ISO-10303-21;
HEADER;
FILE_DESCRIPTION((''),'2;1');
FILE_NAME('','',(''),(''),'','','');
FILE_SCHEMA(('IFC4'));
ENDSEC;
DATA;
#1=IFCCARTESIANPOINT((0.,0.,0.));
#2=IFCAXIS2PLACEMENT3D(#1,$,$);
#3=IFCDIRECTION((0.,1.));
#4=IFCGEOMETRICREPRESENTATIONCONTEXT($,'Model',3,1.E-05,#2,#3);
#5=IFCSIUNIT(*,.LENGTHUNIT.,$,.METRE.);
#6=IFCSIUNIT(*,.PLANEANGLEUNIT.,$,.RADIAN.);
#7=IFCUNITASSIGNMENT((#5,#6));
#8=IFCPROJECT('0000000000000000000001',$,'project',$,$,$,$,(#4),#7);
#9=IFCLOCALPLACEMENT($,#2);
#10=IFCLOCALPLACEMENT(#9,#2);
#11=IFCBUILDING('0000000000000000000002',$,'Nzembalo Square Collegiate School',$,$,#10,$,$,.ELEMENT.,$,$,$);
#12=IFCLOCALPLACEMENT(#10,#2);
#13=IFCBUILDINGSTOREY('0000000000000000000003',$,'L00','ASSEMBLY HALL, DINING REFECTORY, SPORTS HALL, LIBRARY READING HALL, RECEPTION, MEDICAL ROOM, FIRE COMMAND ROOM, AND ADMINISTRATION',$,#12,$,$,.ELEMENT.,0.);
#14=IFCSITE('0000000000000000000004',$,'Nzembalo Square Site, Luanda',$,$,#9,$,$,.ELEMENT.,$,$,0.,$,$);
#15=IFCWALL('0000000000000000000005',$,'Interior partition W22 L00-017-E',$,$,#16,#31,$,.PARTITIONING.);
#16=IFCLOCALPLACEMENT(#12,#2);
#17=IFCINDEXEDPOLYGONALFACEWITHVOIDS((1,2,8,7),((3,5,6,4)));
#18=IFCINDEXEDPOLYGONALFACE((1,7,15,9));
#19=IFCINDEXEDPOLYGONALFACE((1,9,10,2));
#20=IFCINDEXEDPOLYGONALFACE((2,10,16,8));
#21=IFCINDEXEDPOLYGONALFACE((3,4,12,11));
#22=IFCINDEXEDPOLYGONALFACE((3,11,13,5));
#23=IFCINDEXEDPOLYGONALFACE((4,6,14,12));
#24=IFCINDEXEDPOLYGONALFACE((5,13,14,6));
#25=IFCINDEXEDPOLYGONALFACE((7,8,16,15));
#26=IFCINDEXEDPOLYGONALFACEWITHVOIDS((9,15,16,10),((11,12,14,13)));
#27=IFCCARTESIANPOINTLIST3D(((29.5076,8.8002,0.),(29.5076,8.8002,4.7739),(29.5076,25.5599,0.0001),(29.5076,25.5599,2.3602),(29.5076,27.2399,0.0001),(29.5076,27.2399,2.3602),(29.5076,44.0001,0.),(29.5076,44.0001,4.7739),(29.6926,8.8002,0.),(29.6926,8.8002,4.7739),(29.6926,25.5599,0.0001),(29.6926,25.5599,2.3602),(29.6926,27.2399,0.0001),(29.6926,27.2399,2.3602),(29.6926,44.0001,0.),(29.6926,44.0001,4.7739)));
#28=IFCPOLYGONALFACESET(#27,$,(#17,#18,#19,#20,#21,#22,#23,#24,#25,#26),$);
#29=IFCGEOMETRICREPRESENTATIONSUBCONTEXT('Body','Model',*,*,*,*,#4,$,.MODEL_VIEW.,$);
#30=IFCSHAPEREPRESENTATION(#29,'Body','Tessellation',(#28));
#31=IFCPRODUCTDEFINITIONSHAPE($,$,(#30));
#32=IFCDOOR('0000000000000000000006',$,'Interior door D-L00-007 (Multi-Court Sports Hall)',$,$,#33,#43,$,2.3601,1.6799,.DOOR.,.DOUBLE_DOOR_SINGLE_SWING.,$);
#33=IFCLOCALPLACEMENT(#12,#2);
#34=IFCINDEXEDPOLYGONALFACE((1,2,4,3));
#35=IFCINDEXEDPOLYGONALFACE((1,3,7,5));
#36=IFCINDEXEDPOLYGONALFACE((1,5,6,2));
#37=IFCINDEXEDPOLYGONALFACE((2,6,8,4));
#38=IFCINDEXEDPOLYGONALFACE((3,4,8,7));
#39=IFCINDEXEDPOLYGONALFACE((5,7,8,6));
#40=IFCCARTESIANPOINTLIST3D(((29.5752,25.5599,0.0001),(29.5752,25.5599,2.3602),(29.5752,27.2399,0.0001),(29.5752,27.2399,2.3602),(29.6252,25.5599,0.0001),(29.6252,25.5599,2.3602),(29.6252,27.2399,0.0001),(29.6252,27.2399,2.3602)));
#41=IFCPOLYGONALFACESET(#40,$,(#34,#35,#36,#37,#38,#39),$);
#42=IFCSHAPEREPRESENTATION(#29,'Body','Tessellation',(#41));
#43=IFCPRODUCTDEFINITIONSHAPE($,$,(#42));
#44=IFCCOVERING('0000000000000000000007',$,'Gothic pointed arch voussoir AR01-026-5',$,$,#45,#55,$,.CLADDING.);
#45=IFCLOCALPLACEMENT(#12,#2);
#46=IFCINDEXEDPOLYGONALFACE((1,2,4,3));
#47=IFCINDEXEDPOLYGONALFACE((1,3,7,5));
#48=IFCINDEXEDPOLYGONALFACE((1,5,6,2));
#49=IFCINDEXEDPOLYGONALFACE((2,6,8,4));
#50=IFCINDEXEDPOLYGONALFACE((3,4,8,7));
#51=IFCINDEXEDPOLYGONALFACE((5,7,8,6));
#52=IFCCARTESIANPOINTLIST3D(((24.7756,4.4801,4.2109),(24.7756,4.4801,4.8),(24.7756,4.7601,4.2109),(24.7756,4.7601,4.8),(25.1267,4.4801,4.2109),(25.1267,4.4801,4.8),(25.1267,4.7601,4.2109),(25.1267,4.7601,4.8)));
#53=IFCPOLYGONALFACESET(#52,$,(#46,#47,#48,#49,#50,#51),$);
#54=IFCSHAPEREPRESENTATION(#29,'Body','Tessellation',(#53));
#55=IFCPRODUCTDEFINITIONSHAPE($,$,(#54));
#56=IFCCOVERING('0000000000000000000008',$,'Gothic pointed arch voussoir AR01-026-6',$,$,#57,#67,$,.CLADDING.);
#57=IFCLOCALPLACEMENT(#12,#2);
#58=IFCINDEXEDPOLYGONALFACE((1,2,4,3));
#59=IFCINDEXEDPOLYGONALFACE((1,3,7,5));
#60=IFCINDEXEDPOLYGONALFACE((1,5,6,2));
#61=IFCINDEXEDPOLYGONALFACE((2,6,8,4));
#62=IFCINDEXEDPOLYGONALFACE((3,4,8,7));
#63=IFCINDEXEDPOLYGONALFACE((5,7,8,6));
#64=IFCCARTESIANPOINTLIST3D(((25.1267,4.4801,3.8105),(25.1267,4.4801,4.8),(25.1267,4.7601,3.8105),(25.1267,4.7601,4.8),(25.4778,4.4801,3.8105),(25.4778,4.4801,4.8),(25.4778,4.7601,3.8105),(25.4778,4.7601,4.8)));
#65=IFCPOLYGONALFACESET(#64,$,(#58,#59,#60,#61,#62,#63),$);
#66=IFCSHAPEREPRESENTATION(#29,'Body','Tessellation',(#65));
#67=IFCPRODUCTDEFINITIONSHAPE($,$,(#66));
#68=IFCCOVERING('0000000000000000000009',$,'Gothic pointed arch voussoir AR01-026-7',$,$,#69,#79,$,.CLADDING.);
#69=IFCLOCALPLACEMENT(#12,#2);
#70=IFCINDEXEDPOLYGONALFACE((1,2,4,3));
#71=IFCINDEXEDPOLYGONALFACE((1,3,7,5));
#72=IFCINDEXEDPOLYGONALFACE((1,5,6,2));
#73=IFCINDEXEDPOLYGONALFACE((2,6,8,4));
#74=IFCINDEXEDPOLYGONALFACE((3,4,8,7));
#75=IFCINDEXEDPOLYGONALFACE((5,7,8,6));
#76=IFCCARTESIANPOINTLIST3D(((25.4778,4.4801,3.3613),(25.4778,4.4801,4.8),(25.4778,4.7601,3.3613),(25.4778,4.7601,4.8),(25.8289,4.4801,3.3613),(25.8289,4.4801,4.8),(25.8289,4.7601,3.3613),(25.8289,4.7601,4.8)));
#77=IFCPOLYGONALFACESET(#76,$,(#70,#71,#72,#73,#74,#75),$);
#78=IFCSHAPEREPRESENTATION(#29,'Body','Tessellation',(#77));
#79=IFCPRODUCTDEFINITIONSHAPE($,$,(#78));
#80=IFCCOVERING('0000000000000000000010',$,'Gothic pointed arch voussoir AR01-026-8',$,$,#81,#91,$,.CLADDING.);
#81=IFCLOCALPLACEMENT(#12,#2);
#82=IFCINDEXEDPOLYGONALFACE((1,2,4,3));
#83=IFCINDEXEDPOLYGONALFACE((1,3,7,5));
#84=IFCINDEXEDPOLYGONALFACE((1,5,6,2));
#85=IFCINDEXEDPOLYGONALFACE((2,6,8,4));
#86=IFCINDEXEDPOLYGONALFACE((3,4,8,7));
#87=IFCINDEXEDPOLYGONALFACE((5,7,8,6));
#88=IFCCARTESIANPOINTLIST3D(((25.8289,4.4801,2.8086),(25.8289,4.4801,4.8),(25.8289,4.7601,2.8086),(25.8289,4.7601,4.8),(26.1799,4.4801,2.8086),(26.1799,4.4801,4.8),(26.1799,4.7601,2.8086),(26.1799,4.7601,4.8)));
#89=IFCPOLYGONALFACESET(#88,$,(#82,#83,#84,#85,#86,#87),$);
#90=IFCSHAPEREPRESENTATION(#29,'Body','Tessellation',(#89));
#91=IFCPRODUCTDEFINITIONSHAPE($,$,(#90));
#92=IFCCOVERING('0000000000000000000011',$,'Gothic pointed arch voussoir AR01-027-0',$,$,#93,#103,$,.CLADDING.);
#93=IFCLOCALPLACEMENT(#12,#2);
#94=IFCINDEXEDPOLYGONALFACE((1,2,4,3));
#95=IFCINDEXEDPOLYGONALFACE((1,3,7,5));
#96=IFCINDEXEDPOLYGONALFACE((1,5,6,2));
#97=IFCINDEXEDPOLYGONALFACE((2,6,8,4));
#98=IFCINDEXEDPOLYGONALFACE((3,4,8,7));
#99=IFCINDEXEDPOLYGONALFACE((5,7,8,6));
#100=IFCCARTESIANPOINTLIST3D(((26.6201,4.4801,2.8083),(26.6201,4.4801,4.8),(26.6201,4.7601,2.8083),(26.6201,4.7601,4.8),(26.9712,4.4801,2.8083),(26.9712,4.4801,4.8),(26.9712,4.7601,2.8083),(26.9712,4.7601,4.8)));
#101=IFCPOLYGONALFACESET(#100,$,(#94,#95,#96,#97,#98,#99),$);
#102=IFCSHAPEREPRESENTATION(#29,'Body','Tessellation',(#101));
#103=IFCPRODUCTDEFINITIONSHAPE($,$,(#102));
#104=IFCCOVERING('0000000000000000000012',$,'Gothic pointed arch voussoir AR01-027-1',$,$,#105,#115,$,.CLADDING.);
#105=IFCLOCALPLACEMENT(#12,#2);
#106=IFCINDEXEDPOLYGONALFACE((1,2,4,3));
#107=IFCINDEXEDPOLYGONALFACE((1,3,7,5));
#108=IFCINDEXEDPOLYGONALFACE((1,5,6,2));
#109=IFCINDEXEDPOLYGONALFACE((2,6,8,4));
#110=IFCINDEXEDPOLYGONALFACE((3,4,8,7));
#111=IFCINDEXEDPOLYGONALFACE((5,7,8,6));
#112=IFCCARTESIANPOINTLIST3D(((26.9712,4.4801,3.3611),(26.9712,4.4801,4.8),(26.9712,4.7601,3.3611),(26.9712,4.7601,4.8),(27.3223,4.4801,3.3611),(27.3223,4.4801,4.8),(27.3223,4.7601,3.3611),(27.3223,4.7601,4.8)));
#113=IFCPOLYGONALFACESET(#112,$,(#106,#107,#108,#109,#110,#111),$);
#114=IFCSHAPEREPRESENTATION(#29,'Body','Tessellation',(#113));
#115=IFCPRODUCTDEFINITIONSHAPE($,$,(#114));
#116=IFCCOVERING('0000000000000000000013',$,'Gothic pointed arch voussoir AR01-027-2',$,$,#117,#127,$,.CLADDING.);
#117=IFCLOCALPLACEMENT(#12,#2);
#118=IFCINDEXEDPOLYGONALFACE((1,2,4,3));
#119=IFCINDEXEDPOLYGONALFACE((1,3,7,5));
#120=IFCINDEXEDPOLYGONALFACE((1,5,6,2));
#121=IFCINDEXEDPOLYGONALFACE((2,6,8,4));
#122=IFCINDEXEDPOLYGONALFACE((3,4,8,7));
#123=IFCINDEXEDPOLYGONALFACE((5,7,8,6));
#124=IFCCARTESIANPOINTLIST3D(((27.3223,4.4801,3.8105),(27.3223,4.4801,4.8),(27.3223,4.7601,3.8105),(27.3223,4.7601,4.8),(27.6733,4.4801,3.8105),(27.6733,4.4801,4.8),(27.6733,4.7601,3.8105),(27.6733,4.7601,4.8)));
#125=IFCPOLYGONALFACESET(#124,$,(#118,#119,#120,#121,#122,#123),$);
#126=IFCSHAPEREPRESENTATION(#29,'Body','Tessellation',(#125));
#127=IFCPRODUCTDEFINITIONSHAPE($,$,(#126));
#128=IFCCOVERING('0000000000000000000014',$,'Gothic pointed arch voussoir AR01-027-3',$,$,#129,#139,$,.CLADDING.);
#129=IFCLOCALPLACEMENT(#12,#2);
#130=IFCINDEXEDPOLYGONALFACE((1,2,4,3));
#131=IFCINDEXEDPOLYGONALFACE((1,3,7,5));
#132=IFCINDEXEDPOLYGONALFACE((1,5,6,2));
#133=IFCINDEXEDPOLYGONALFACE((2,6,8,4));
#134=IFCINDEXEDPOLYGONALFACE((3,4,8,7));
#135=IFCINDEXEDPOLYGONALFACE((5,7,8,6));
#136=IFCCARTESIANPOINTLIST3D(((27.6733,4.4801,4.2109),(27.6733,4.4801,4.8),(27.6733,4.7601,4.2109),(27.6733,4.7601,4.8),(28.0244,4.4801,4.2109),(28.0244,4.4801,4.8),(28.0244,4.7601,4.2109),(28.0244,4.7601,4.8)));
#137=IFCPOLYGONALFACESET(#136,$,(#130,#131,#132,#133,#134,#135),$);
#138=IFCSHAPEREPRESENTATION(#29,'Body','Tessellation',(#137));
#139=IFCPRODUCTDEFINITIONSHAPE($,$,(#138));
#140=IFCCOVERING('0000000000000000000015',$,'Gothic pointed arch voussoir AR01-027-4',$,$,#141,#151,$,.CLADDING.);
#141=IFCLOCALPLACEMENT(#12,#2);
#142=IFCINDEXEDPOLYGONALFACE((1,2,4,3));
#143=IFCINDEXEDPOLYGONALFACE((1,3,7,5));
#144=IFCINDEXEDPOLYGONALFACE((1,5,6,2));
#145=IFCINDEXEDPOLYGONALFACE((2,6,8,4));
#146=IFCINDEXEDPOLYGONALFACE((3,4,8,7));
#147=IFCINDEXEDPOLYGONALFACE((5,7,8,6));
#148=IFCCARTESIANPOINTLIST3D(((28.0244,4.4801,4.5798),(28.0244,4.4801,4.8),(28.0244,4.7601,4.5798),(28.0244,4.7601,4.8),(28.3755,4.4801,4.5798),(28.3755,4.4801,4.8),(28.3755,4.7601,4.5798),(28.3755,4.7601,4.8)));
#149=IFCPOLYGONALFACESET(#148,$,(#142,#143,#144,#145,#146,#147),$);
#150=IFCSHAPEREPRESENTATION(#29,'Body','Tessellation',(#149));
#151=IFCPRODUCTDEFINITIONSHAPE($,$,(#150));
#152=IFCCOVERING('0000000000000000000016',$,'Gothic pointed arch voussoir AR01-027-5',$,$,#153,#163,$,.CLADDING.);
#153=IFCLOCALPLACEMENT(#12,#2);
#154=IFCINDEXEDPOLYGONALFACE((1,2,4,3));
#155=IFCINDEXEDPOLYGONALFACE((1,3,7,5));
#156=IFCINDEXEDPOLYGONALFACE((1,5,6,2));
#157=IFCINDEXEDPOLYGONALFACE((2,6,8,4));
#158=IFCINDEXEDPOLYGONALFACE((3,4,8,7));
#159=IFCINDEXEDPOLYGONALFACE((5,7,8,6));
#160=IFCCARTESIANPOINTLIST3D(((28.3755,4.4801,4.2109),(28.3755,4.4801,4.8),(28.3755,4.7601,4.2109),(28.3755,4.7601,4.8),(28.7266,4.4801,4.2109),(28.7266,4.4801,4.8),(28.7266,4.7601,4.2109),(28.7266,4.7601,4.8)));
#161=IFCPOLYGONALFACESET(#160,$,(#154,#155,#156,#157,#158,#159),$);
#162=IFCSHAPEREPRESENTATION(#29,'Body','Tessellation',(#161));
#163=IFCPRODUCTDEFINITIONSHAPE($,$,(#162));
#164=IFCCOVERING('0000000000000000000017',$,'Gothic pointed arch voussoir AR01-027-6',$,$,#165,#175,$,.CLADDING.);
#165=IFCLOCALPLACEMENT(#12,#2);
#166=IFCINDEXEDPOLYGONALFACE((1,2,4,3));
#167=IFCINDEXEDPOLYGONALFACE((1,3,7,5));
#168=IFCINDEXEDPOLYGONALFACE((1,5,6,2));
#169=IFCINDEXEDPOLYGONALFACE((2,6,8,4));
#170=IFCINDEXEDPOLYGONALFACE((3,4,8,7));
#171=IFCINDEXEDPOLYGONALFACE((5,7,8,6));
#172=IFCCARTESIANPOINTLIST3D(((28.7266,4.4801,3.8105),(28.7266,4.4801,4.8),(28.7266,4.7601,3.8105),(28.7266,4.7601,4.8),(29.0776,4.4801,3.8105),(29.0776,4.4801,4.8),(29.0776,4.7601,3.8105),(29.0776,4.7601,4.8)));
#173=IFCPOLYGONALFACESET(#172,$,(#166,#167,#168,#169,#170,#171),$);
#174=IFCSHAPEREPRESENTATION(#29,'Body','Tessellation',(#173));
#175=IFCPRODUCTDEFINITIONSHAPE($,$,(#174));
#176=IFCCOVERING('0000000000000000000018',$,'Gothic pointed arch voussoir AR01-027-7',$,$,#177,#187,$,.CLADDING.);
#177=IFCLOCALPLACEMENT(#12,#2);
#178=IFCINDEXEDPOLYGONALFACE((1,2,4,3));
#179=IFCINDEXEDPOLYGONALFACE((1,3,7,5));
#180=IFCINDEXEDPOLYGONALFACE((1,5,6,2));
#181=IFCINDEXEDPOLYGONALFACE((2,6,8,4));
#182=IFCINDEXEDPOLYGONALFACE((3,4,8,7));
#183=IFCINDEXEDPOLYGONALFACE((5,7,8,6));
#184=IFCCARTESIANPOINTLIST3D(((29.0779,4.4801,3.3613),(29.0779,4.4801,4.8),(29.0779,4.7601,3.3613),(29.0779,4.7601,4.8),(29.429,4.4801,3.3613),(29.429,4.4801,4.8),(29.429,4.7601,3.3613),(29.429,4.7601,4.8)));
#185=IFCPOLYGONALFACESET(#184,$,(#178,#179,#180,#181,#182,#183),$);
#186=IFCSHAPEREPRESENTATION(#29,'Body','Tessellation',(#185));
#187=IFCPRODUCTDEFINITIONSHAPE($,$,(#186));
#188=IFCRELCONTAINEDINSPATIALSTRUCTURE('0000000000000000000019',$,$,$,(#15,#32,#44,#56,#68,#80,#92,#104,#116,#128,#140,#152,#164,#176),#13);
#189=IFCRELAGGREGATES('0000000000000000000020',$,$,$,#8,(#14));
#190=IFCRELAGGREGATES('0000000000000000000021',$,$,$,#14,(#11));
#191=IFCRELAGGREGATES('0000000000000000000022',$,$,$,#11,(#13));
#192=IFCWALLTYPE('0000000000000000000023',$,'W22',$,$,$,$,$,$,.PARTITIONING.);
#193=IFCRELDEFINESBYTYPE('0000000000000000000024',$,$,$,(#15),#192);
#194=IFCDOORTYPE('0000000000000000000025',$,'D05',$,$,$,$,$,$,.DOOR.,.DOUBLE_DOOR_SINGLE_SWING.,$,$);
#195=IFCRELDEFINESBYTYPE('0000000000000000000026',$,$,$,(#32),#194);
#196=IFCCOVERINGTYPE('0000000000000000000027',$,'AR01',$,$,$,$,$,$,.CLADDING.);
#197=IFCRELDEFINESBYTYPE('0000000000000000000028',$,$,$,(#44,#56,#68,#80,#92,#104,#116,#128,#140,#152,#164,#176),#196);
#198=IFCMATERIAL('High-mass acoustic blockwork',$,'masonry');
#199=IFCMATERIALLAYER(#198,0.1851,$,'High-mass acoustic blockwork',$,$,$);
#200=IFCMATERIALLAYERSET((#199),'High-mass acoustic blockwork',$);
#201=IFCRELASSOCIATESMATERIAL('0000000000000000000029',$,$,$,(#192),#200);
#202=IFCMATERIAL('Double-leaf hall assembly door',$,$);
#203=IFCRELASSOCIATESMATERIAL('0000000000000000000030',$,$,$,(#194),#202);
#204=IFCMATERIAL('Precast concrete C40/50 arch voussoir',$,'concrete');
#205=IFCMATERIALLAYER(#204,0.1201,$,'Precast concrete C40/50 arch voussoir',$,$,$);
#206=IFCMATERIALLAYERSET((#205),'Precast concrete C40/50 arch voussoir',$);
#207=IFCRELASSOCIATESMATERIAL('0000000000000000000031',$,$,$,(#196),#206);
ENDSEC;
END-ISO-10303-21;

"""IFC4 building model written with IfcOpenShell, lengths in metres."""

from ifc_helpers import new_model, si_unit, direction, frame, frame_2d, origin, origin_2d, place, context, subcontext, project, spatial, rectangle, extrude, material, layer, layer_set, type_object, element, fill, save


model = new_model("IFC4")

# Units and contexts
model_context = context("Model", 3, precision=1e-05, world=origin(), true_north=direction((0.0, 1.0)))
body_context = subcontext(model_context, "Body", "Model", "MODEL_VIEW")
ifc_project = project(units=[si_unit("LENGTHUNIT", "METRE"), si_unit("PLANEANGLEUNIT", "RADIAN")], contexts=[model_context])

# Site, building, storey
site_placement = place(None, origin())
site = spatial("IfcSite", under=ifc_project, at=site_placement, Name="Nzembalo Square Site, Luanda", CompositionType="ELEMENT", RefElevation=0.0)
building_placement = place(site_placement, origin())
building = spatial("IfcBuilding", under=site, at=building_placement, Name="Nzembalo Square Collegiate School", CompositionType="ELEMENT")
storey_placement = place(building_placement, origin())
storey = spatial("IfcBuildingStorey", under=building, at=storey_placement, Name="L00", Description="ASSEMBLY HALL, DINING REFECTORY, SPORTS HALL, LIBRARY READING HALL, RECEPTION, MEDICAL ROOM, FIRE COMMAND ROOM, AND ADMINISTRATION", CompositionType="ELEMENT", Elevation=0.0)

# Wall, opening, door
ifc_material_1 = material(Name="High-mass acoustic blockwork", Category="masonry")
ifc_layer_1 = layer(ifc_material_1, 0.1851, Name="High-mass acoustic blockwork")
ifc_layer_set_1 = layer_set([ifc_layer_1], Name="High-mass acoustic blockwork")
wall_type = type_object("IfcWallType", Name="W22", PredefinedType="PARTITIONING", material=ifc_layer_set_1)
wall_placement = place(storey_placement, frame((29.6001, 8.8, 0.0), z_axis=(0.0, 0.0, 1.0), x_axis=(0.0, 1.0, 0.0)))
wall = element("IfcWall", 1, at=wall_placement, inside=storey, type_object=wall_type, Name="Interior partition W22 L00-017-E", PredefinedType="PARTITIONING", context=body_context, shape_type="SweptSolid", body=[
    extrude(rectangle(XDim=35.2, YDim=0.1851, at=frame_2d((17.6001, 0.0))), origin(), (0.0, 0.0, 1.0), 4.7739),
])
opening_placement = place(wall_placement, frame((16.76, 0.0, 0.0)))
opening = element("IfcOpeningElement", 2, at=opening_placement, cuts=wall, PredefinedType="OPENING", context=body_context, shape_type="SweptSolid", body=[
    extrude(rectangle(XDim=1.6799, YDim=2.3601, at=frame_2d((0.8398, 1.1802))), frame((0.0, 0.1025, 0.0), z_axis=(0.0, -1.0, 0.0), x_axis=(1.0, 0.0, 0.0)), (0.0, 0.0, 1.0), 0.2051),
])
ifc_material_2 = material(Name="Double-leaf hall assembly door")
door_type = type_object("IfcDoorType", Name="D05", OperationType="DOUBLE_DOOR_SINGLE_SWING", PredefinedType="DOOR", material=ifc_material_2)
door_placement = place(opening_placement, origin())
door = element("IfcDoor", 3, at=door_placement, inside=storey, type_object=door_type, Name="Interior door D-L00-007 (Multi-Court Sports Hall)", OperationType="DOUBLE_DOOR_SINGLE_SWING", OverallHeight=2.3601, OverallWidth=1.6799, PredefinedType="DOOR", context=body_context, shape_type="SweptSolid", body=[
    extrude(rectangle(XDim=1.6799, YDim=2.3601, at=frame_2d((0.8398, 1.1802))), frame((0.0, 0.0249, 0.0), z_axis=(0.0, -1.0, 0.0), x_axis=(1.0, 0.0, 0.0)), (0.0, 0.0, 1.0), 0.05),
])
fill(opening, door)

# Coverings
ifc_material_3 = material(Name="Precast concrete C40/50 arch voussoir", Category="concrete")
ifc_layer_2 = layer(ifc_material_3, 0.1201, Name="Precast concrete C40/50 arch voussoir")
ifc_layer_set_2 = layer_set([ifc_layer_2], Name="Precast concrete C40/50 arch voussoir")
covering_type_1 = type_object("IfcCoveringType", Name="AR01", PredefinedType="CLADDING", material=ifc_layer_set_2)
covering_1_placement = place(storey_placement, frame((24.9512, 4.6201, 4.2109), z_axis=(0.0, 0.0, 1.0), x_axis=(1.0, 0.0, 0.0)))
element("IfcCovering", 4, at=covering_1_placement, inside=storey, type_object=covering_type_1, Name="Gothic pointed arch voussoir AR01-026-5", PredefinedType="CLADDING", context=body_context, shape_type="SweptSolid", body=[
    extrude(rectangle(XDim=0.3511, YDim=0.28, at=origin_2d()), origin(), (0.0, 0.0, 1.0), 0.5891),
])
covering_2_placement = place(storey_placement, frame((25.3022, 4.6201, 3.8105), z_axis=(0.0, 0.0, 1.0), x_axis=(1.0, 0.0, 0.0)))
element("IfcCovering", 5, at=covering_2_placement, inside=storey, type_object=covering_type_1, Name="Gothic pointed arch voussoir AR01-026-6", PredefinedType="CLADDING", context=body_context, shape_type="SweptSolid", body=[
    extrude(rectangle(XDim=0.3511, YDim=0.28, at=origin_2d()), origin(), (0.0, 0.0, 1.0), 0.9895),
])
covering_3_placement = place(storey_placement, frame((25.6533, 4.6201, 3.3613), z_axis=(0.0, 0.0, 1.0), x_axis=(1.0, 0.0, 0.0)))
element("IfcCovering", 6, at=covering_3_placement, inside=storey, type_object=covering_type_1, Name="Gothic pointed arch voussoir AR01-026-7", PredefinedType="CLADDING", context=body_context, shape_type="SweptSolid", body=[
    extrude(rectangle(XDim=0.3511, YDim=0.28, at=origin_2d()), origin(), (0.0, 0.0, 1.0), 1.4387),
])
covering_4_placement = place(storey_placement, frame((26.0044, 4.6201, 2.8086), z_axis=(0.0, 0.0, 1.0), x_axis=(1.0, 0.0, 0.0)))
element("IfcCovering", 7, at=covering_4_placement, inside=storey, type_object=covering_type_1, Name="Gothic pointed arch voussoir AR01-026-8", PredefinedType="CLADDING", context=body_context, shape_type="SweptSolid", body=[
    extrude(rectangle(XDim=0.3511, YDim=0.28, at=origin_2d()), origin(), (0.0, 0.0, 1.0), 1.9915),
])
covering_5_placement = place(storey_placement, frame((26.7957, 4.6201, 2.8083), z_axis=(0.0, 0.0, 1.0), x_axis=(1.0, 0.0, 0.0)))
element("IfcCovering", 8, at=covering_5_placement, inside=storey, type_object=covering_type_1, Name="Gothic pointed arch voussoir AR01-027-0", PredefinedType="CLADDING", context=body_context, shape_type="SweptSolid", body=[
    extrude(rectangle(XDim=0.3511, YDim=0.28, at=origin_2d()), origin(), (0.0, 0.0, 1.0), 1.9917),
])
covering_6_placement = place(storey_placement, frame((27.1467, 4.6201, 3.3611), z_axis=(0.0, 0.0, 1.0), x_axis=(1.0, 0.0, 0.0)))
element("IfcCovering", 9, at=covering_6_placement, inside=storey, type_object=covering_type_1, Name="Gothic pointed arch voussoir AR01-027-1", PredefinedType="CLADDING", context=body_context, shape_type="SweptSolid", body=[
    extrude(rectangle(XDim=0.3511, YDim=0.28, at=origin_2d()), origin(), (0.0, 0.0, 1.0), 1.439),
])
covering_7_placement = place(storey_placement, frame((27.4978, 4.6201, 3.8105), z_axis=(0.0, 0.0, 1.0), x_axis=(1.0, 0.0, 0.0)))
element("IfcCovering", 10, at=covering_7_placement, inside=storey, type_object=covering_type_1, Name="Gothic pointed arch voussoir AR01-027-2", PredefinedType="CLADDING", context=body_context, shape_type="SweptSolid", body=[
    extrude(rectangle(XDim=0.3511, YDim=0.28, at=origin_2d()), origin(), (0.0, 0.0, 1.0), 0.9895),
])
covering_8_placement = place(storey_placement, frame((27.8489, 4.6201, 4.2109), z_axis=(0.0, 0.0, 1.0), x_axis=(1.0, 0.0, 0.0)))
element("IfcCovering", 11, at=covering_8_placement, inside=storey, type_object=covering_type_1, Name="Gothic pointed arch voussoir AR01-027-3", PredefinedType="CLADDING", context=body_context, shape_type="SweptSolid", body=[
    extrude(rectangle(XDim=0.3511, YDim=0.28, at=origin_2d()), origin(), (0.0, 0.0, 1.0), 0.5891),
])
covering_9_placement = place(storey_placement, frame((28.2, 4.6201, 4.5798), z_axis=(0.0, 0.0, 1.0), x_axis=(1.0, 0.0, 0.0)))
element("IfcCovering", 12, at=covering_9_placement, inside=storey, type_object=covering_type_1, Name="Gothic pointed arch voussoir AR01-027-4", PredefinedType="CLADDING", context=body_context, shape_type="SweptSolid", body=[
    extrude(rectangle(XDim=0.3511, YDim=0.28, at=origin_2d()), origin(), (0.0, 0.0, 1.0), 0.2202),
])
covering_10_placement = place(storey_placement, frame((28.551, 4.6201, 4.2109), z_axis=(0.0, 0.0, 1.0), x_axis=(1.0, 0.0, 0.0)))
element("IfcCovering", 13, at=covering_10_placement, inside=storey, type_object=covering_type_1, Name="Gothic pointed arch voussoir AR01-027-5", PredefinedType="CLADDING", context=body_context, shape_type="SweptSolid", body=[
    extrude(rectangle(XDim=0.3511, YDim=0.28, at=origin_2d()), origin(), (0.0, 0.0, 1.0), 0.5891),
])
covering_11_placement = place(storey_placement, frame((28.9021, 4.6201, 3.8105), z_axis=(0.0, 0.0, 1.0), x_axis=(1.0, 0.0, 0.0)))
element("IfcCovering", 14, at=covering_11_placement, inside=storey, type_object=covering_type_1, Name="Gothic pointed arch voussoir AR01-027-6", PredefinedType="CLADDING", context=body_context, shape_type="SweptSolid", body=[
    extrude(rectangle(XDim=0.3511, YDim=0.28, at=origin_2d()), origin(), (0.0, 0.0, 1.0), 0.9895),
])
covering_12_placement = place(storey_placement, frame((29.2534, 4.6201, 3.3613), z_axis=(0.0, 0.0, 1.0), x_axis=(1.0, 0.0, 0.0)))
element("IfcCovering", 15, at=covering_12_placement, inside=storey, type_object=covering_type_1, Name="Gothic pointed arch voussoir AR01-027-7", PredefinedType="CLADDING", context=body_context, shape_type="SweptSolid", body=[
    extrude(rectangle(XDim=0.3511, YDim=0.28, at=origin_2d()), origin(), (0.0, 0.0, 1.0), 1.4387),
])

save(model, "model.ifc")
